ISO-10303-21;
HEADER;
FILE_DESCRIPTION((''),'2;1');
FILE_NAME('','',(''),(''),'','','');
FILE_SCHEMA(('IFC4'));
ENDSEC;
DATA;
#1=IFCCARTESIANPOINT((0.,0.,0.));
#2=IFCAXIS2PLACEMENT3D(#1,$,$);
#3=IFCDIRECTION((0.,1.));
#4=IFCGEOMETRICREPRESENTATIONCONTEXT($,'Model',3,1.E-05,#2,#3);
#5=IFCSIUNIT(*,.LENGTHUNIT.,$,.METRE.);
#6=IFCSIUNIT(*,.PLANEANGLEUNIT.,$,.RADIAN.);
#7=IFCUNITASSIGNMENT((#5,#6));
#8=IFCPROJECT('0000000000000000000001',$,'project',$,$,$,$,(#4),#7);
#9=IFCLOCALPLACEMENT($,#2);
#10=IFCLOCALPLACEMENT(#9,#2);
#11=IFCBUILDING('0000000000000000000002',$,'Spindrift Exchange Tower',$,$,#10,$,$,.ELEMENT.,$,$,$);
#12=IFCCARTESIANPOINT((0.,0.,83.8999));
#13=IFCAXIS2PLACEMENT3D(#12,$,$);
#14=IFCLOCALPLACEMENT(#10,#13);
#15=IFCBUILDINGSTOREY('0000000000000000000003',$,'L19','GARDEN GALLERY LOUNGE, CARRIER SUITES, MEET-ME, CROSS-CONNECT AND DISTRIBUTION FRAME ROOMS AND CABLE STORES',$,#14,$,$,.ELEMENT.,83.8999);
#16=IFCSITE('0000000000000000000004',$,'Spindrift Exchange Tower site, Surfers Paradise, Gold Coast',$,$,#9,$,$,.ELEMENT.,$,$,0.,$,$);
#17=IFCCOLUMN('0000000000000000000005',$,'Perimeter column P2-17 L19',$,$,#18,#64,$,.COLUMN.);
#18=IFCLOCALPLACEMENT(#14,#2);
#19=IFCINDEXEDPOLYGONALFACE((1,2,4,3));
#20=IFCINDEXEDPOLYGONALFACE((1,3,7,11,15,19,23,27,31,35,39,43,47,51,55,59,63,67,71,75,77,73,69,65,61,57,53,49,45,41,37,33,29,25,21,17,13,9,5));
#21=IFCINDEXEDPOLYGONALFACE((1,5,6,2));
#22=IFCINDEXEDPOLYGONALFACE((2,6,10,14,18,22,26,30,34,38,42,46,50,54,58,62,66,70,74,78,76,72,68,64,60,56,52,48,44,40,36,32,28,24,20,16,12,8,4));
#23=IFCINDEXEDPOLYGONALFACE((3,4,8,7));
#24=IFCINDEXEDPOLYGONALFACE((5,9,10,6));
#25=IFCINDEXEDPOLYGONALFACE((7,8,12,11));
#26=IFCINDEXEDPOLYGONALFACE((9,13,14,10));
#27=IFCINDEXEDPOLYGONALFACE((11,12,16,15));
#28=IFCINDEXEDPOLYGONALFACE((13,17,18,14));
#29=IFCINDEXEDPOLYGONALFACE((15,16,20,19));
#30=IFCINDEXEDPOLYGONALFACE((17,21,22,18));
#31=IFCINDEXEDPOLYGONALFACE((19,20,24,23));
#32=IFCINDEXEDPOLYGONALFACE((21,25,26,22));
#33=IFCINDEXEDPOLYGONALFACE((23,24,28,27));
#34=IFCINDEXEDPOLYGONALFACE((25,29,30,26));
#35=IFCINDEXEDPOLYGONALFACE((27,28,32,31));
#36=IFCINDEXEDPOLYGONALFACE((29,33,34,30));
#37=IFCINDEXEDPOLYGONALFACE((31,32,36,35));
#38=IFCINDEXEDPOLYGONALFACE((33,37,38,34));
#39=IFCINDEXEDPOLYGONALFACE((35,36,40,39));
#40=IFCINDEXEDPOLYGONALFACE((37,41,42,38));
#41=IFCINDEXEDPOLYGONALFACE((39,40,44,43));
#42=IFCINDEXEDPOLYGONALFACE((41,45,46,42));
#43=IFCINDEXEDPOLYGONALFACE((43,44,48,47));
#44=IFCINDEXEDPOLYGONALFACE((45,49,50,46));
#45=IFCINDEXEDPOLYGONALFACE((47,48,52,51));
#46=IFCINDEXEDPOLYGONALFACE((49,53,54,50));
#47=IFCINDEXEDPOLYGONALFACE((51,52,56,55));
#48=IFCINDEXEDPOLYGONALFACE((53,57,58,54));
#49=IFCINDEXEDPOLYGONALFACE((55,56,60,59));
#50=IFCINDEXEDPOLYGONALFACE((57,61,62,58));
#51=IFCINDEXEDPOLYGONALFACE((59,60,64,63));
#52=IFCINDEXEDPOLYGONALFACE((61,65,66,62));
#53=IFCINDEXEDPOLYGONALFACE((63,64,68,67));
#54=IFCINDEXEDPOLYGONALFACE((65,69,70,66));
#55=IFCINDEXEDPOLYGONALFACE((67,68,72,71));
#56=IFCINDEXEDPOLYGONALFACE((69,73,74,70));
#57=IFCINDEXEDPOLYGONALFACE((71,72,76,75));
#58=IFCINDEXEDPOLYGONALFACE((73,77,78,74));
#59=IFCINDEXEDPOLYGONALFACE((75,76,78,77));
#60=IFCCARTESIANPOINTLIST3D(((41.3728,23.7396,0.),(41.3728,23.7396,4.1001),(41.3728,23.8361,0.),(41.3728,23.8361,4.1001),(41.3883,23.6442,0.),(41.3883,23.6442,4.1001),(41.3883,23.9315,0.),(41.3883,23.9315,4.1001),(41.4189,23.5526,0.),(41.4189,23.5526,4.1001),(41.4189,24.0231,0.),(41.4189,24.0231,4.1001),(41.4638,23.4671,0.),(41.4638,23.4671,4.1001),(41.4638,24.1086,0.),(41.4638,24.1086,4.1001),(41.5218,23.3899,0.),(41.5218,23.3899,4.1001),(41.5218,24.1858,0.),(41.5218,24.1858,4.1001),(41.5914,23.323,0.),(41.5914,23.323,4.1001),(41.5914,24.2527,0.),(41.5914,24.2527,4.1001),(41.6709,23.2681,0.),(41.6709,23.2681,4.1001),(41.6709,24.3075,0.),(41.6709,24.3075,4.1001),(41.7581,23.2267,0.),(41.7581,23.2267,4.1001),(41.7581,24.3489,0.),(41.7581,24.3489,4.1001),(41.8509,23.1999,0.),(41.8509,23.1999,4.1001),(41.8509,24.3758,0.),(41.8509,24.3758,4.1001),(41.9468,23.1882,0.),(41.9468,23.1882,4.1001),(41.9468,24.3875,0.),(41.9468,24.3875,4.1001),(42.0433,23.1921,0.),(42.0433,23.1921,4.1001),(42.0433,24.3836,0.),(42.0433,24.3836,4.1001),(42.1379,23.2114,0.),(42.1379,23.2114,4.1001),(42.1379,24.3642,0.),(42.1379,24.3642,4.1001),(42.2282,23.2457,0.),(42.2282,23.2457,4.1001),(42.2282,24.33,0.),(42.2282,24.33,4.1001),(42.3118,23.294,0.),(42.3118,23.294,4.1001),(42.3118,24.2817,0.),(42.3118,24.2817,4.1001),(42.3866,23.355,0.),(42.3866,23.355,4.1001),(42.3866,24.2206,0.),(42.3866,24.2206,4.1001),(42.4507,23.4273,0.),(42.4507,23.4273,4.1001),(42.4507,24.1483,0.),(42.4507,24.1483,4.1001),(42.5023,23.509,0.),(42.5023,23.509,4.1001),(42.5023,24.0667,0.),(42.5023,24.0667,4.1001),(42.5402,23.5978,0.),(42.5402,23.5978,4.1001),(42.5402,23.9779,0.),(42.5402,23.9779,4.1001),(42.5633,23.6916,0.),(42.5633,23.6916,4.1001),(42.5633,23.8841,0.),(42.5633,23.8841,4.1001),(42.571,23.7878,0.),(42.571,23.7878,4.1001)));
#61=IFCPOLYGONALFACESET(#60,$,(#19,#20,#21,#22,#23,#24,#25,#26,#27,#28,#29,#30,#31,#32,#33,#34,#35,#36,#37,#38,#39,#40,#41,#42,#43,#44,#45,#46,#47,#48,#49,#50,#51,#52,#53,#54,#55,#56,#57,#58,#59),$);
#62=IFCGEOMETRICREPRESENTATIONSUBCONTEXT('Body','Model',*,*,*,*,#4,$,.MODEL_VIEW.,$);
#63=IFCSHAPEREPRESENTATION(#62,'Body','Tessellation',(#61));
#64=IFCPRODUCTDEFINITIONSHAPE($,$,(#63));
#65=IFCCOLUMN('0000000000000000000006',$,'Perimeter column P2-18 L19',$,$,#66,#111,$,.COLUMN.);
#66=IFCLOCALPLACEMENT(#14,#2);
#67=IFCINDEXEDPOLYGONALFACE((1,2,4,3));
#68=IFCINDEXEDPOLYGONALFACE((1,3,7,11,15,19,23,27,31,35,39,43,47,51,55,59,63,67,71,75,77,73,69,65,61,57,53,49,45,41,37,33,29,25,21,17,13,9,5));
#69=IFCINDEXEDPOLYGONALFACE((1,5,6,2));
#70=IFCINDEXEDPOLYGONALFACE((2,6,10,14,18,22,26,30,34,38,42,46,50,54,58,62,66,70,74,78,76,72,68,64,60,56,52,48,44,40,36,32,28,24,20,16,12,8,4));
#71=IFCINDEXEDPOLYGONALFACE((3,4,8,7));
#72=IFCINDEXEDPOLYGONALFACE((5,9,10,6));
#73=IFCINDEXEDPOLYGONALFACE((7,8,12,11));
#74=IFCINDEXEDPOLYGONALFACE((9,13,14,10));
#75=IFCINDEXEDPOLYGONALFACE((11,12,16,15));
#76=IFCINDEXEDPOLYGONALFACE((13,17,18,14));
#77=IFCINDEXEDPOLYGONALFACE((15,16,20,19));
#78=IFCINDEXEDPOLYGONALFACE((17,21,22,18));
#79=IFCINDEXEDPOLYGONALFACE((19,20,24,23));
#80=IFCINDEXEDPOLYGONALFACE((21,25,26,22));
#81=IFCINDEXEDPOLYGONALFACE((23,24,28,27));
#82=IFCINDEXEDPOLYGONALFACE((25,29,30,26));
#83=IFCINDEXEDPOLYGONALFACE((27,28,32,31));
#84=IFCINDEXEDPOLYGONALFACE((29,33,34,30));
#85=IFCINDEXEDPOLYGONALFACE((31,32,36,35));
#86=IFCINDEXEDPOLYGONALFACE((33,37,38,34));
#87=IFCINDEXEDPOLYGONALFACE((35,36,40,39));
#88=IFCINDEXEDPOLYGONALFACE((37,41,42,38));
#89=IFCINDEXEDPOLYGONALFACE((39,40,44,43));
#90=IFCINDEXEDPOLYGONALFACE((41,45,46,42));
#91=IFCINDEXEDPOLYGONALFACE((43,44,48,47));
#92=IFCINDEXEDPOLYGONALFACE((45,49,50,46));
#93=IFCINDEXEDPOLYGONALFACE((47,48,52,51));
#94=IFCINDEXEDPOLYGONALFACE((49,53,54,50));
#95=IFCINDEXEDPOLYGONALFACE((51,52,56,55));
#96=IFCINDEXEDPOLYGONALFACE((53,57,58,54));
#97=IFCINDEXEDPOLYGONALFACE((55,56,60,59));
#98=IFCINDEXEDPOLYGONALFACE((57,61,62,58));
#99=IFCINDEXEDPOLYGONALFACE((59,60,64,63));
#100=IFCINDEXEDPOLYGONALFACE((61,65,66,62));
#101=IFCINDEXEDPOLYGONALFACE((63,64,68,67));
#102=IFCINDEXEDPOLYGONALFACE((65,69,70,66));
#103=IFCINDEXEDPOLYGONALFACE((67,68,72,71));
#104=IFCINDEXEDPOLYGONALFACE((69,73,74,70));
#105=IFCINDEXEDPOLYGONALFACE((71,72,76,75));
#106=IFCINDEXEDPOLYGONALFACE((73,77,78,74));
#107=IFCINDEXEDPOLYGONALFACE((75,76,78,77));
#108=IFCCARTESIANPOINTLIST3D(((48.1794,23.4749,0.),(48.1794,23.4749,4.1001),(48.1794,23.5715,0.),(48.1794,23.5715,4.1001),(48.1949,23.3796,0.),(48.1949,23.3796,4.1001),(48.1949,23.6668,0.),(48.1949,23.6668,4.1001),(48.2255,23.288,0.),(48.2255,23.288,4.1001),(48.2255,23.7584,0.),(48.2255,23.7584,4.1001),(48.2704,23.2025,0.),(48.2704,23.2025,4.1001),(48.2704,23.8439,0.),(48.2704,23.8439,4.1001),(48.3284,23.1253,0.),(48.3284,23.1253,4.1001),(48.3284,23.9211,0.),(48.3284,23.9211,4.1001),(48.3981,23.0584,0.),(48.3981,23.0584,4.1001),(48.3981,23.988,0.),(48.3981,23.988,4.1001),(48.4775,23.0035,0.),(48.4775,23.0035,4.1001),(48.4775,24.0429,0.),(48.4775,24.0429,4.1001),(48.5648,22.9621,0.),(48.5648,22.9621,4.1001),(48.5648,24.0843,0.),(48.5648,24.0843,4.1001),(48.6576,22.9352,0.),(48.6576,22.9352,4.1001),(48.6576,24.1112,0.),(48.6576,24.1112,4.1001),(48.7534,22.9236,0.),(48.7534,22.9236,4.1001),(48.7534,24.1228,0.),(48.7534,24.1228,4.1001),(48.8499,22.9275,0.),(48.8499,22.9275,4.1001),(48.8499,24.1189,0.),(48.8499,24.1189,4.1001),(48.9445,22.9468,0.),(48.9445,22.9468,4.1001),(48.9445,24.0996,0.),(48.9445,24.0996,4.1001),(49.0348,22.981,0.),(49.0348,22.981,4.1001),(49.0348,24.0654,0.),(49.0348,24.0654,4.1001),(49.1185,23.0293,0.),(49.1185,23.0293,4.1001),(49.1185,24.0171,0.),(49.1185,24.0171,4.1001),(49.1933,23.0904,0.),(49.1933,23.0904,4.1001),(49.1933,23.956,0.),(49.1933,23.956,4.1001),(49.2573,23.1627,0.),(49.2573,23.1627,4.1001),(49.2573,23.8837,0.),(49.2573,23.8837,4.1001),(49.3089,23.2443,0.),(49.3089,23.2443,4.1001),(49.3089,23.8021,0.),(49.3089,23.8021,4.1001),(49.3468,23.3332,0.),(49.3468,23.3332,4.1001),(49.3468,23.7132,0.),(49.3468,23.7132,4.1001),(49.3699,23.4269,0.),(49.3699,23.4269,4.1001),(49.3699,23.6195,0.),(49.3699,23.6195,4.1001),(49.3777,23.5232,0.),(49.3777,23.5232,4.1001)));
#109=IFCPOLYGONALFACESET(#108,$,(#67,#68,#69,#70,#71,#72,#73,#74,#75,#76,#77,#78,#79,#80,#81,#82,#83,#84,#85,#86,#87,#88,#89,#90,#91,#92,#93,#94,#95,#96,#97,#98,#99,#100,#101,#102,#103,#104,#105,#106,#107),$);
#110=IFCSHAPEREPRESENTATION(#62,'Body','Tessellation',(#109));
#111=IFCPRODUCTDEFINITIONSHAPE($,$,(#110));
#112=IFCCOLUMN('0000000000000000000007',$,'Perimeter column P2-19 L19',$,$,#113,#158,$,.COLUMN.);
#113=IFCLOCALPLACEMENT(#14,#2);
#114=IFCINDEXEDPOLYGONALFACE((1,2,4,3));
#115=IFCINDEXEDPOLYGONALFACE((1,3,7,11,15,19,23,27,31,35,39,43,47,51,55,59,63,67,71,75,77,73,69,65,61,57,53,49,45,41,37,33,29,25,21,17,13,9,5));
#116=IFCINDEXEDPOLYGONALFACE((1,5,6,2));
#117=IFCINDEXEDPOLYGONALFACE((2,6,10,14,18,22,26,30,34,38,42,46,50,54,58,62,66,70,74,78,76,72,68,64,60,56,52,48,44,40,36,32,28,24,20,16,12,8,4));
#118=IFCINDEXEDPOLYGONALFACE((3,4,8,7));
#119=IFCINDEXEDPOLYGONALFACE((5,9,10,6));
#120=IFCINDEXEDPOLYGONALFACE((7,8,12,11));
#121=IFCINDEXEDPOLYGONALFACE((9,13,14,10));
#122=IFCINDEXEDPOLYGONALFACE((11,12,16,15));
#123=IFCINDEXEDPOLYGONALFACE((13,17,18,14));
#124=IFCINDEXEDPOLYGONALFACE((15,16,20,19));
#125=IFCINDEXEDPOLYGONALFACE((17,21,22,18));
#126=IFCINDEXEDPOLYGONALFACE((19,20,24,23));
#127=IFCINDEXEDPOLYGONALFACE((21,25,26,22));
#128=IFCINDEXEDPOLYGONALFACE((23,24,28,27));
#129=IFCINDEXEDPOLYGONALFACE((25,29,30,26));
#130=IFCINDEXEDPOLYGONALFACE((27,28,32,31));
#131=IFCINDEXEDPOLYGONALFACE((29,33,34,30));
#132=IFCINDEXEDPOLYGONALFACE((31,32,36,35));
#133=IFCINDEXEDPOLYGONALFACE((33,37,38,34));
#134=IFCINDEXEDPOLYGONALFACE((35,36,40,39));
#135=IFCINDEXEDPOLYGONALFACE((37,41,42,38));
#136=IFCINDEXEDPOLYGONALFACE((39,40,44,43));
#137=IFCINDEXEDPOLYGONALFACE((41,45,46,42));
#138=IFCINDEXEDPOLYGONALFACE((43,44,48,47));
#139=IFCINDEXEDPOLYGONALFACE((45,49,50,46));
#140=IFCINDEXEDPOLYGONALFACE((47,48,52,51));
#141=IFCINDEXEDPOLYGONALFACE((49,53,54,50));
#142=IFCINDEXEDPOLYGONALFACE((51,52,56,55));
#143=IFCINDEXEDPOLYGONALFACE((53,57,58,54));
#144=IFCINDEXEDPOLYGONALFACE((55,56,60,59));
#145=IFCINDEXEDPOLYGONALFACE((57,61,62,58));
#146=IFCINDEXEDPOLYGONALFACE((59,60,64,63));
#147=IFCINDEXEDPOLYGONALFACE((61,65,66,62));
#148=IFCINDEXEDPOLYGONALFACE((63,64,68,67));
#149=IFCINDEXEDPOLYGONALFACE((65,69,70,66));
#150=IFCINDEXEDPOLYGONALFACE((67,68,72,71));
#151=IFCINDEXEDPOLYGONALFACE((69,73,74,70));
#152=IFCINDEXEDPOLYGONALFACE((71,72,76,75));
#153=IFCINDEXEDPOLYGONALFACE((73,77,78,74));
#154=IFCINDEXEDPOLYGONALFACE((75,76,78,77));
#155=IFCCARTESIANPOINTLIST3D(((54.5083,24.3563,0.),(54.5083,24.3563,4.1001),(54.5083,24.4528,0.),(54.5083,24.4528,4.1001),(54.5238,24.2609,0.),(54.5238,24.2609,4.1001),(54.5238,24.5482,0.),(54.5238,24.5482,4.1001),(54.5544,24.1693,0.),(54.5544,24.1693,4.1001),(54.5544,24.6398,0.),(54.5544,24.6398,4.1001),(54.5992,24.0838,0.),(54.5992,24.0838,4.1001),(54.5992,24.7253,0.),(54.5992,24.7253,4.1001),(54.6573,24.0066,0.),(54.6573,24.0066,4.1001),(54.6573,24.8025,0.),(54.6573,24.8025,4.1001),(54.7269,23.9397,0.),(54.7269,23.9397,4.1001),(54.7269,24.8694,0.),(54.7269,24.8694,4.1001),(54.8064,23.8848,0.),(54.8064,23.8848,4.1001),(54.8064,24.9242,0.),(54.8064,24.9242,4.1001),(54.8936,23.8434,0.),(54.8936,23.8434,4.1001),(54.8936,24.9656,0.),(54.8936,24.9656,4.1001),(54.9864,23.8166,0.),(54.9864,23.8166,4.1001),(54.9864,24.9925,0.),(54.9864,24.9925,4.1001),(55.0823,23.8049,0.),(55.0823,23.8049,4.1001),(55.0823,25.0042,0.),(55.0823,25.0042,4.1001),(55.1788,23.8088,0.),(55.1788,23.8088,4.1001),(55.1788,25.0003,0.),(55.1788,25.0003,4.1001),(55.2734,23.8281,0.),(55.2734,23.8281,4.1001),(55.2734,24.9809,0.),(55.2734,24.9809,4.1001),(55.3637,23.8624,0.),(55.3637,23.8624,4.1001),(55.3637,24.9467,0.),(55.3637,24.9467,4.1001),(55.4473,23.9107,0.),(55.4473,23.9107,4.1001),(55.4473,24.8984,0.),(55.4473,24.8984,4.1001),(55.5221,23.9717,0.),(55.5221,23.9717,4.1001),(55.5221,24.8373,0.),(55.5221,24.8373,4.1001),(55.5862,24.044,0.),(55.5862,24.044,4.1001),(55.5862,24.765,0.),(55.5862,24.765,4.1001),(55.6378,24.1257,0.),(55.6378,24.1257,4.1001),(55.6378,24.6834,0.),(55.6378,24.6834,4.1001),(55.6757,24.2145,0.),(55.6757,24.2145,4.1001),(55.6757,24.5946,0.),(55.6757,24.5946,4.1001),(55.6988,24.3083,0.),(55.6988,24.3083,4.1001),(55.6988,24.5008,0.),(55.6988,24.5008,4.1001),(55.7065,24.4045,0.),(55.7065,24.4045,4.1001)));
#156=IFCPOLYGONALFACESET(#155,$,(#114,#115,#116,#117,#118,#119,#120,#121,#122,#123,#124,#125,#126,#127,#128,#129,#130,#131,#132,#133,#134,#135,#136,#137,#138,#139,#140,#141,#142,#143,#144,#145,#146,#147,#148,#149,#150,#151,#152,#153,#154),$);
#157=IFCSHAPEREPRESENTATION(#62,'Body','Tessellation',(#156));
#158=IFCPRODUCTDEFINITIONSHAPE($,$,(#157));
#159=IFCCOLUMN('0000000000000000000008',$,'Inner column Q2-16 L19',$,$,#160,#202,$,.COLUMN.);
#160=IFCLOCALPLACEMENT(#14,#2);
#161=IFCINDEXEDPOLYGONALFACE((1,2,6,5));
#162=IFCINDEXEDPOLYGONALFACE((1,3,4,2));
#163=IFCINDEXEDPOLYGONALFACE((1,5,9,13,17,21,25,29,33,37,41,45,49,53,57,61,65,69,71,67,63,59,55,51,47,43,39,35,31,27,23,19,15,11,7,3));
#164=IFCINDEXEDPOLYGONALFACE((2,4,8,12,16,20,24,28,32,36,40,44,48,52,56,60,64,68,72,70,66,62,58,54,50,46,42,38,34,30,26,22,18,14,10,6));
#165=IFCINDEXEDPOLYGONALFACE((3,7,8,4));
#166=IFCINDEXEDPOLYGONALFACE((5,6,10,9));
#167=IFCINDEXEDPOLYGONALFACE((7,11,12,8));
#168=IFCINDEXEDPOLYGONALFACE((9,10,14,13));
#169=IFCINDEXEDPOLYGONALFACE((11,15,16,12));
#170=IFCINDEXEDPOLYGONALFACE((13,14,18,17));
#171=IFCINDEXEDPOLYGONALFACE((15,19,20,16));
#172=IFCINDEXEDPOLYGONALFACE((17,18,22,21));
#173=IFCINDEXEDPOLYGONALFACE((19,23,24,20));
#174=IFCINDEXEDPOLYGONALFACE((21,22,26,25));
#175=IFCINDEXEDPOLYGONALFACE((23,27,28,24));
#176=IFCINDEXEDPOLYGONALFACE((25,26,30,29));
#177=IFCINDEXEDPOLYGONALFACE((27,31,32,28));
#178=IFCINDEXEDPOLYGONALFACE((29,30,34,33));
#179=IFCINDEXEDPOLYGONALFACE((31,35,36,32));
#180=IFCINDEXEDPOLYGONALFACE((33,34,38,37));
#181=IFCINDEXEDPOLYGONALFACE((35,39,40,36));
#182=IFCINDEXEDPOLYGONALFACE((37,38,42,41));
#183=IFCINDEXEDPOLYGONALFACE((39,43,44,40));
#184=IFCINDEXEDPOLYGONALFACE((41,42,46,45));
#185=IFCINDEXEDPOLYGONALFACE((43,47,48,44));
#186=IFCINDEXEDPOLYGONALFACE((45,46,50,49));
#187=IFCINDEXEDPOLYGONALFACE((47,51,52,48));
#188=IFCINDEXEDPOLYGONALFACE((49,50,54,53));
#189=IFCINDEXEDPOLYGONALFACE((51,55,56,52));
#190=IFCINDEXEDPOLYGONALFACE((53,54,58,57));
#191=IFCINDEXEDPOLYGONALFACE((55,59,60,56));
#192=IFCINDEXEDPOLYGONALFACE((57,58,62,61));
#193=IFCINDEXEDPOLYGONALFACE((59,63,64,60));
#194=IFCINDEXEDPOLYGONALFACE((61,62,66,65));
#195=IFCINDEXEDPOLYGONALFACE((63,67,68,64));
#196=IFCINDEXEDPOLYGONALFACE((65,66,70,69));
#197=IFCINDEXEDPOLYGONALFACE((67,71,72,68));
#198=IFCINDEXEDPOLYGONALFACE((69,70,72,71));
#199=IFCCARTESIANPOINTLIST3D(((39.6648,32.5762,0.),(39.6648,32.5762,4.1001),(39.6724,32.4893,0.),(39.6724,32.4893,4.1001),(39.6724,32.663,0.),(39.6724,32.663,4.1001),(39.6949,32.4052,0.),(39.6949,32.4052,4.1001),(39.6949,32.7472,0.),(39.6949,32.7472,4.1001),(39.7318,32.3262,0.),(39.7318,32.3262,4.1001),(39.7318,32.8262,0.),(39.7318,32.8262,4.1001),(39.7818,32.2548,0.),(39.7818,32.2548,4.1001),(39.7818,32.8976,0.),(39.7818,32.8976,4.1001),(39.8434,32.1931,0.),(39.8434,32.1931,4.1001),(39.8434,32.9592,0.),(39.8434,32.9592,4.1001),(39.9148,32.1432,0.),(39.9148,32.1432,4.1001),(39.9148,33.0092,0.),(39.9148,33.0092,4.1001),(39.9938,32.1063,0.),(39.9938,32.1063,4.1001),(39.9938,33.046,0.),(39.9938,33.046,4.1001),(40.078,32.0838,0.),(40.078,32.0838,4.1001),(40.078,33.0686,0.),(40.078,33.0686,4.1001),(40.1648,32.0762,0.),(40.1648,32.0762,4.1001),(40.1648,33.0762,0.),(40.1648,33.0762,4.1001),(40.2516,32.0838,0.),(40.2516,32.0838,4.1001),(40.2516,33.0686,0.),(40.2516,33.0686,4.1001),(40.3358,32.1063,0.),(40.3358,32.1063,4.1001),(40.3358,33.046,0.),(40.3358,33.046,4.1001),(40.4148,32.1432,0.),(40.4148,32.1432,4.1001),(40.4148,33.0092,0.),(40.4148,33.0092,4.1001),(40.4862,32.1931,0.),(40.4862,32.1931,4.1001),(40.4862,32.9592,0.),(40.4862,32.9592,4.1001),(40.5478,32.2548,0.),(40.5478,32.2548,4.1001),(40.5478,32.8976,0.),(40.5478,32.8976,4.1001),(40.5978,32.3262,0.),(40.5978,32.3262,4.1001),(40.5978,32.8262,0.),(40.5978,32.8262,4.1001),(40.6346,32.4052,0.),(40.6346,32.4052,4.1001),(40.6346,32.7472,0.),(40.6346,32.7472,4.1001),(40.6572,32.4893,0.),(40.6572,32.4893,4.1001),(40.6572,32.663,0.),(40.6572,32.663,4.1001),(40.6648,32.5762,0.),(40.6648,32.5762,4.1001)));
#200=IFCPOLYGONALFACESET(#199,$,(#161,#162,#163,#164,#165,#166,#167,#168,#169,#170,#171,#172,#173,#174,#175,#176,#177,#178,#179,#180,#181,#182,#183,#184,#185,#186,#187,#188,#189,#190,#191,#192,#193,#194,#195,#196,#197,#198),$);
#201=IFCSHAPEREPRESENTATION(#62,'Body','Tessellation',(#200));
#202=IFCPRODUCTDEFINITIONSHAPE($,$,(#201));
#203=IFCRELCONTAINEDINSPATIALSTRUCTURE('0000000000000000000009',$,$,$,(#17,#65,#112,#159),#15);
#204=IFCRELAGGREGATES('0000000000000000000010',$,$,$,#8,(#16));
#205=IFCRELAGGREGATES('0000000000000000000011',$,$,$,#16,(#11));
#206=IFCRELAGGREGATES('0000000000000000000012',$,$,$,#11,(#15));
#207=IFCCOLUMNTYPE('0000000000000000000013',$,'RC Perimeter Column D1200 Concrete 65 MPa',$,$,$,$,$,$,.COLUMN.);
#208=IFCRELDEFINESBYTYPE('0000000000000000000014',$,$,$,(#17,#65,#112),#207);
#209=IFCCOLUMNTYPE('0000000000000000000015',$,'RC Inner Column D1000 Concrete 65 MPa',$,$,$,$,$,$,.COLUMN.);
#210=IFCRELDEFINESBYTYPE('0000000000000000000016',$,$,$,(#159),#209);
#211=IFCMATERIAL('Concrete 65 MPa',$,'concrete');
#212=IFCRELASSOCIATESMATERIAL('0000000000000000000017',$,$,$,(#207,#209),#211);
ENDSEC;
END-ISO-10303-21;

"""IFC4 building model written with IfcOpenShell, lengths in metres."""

from ifc_helpers import new_model, si_unit, direction, frame, origin, origin_2d, place, context, subcontext, project, spatial, circle, extrude, source, transform, mapped, material, material_profile, profile_set, type_object, element, save


model = new_model("IFC4")

# Units and contexts
model_context = context("Model", 3, precision=1e-05, world=origin(), true_north=direction((0.0, 1.0)))
body_context = subcontext(model_context, "Body", "Model", "MODEL_VIEW")
ifc_project = project(units=[si_unit("LENGTHUNIT", "METRE"), si_unit("PLANEANGLEUNIT", "RADIAN")], contexts=[model_context])

# Site, building, storey
site_placement = place(None, origin())
site = spatial("IfcSite", under=ifc_project, at=site_placement, Name="Spindrift Exchange Tower site, Surfers Paradise, Gold Coast", CompositionType="ELEMENT", RefElevation=0.0)
building_placement = place(site_placement, origin())
building = spatial("IfcBuilding", under=site, at=building_placement, Name="Spindrift Exchange Tower", CompositionType="ELEMENT")
storey_placement = place(building_placement, frame((0.0, 0.0, 83.8999)))
storey = spatial("IfcBuildingStorey", under=building, at=storey_placement, Name="L19", Description="GARDEN GALLERY LOUNGE, CARRIER SUITES, MEET-ME, CROSS-CONNECT AND DISTRIBUTION FRAME ROOMS AND CABLE STORES", CompositionType="ELEMENT", Elevation=83.8999)

# Columns
ifc_material_1 = material(Name="Concrete 65 MPa", Category="concrete")
ifc_material_profile_1 = material_profile(ifc_material_1, circle(Radius=0.6001, at=origin_2d()), Name="RC D1200")
ifc_profile_set_1 = profile_set([ifc_material_profile_1], Name="Concrete 65 MPa")
column_type_1 = type_object("IfcColumnType", Name="RC Perimeter Column D1200 Concrete 65 MPa", PredefinedType="COLUMN", material=ifc_profile_set_1)
shared_shape_1 = source(origin(), body_context, "Body", "SweptSolid", [
    extrude(circle(Radius=0.6001, at=origin_2d()), origin(), (0.0, 0.0, 1.0), 4.1001),
])
for number, where, z_axis, x_axis, name in (
    (1, (41.9709, 23.7878, 0.0), (0.0, 0.0, 1.0), (1.0, 0.0, 0.0), "Perimeter column P2-17 L19"),
    (2, (48.7776, 23.5232, 0.0), (0.0, 0.0, 1.0), (1.0, 0.0, 0.0), "Perimeter column P2-18 L19"),
    (3, (55.1064, 24.4045, 0.0), (0.0, 0.0, 1.0), (1.0, 0.0, 0.0), "Perimeter column P2-19 L19"),
):
    element("IfcColumn", number, at=place(storey_placement, frame(where, z_axis=z_axis, x_axis=x_axis)), inside=storey, type_object=column_type_1, Name=name, PredefinedType="COLUMN", context=body_context, shape_type="MappedRepresentation", body=[
        mapped(shared_shape_1, transform((0.0, 0.0, 0.0), scale=1.0)),
    ])
ifc_material_profile_2 = material_profile(ifc_material_1, circle(Radius=0.5, at=origin_2d()), Name="RC D1000")
ifc_profile_set_2 = profile_set([ifc_material_profile_2], Name="Concrete 65 MPa")
column_type_2 = type_object("IfcColumnType", Name="RC Inner Column D1000 Concrete 65 MPa", PredefinedType="COLUMN", material=ifc_profile_set_2)
shared_shape_2 = source(origin(), body_context, "Body", "SweptSolid", [
    extrude(circle(Radius=0.5, at=origin_2d()), origin(), (0.0, 0.0, 1.0), 4.1001),
])
for number, where, z_axis, x_axis, name in (
    (4, (40.1648, 32.5762, 0.0), (0.0, 0.0, 1.0), (1.0, 0.0, 0.0), "Inner column Q2-16 L19"),
):
    element("IfcColumn", number, at=place(storey_placement, frame(where, z_axis=z_axis, x_axis=x_axis)), inside=storey, type_object=column_type_2, Name=name, PredefinedType="COLUMN", context=body_context, shape_type="MappedRepresentation", body=[
        mapped(shared_shape_2, transform((0.0, 0.0, 0.0), scale=1.0)),
    ])

save(model, "model.ifc")
